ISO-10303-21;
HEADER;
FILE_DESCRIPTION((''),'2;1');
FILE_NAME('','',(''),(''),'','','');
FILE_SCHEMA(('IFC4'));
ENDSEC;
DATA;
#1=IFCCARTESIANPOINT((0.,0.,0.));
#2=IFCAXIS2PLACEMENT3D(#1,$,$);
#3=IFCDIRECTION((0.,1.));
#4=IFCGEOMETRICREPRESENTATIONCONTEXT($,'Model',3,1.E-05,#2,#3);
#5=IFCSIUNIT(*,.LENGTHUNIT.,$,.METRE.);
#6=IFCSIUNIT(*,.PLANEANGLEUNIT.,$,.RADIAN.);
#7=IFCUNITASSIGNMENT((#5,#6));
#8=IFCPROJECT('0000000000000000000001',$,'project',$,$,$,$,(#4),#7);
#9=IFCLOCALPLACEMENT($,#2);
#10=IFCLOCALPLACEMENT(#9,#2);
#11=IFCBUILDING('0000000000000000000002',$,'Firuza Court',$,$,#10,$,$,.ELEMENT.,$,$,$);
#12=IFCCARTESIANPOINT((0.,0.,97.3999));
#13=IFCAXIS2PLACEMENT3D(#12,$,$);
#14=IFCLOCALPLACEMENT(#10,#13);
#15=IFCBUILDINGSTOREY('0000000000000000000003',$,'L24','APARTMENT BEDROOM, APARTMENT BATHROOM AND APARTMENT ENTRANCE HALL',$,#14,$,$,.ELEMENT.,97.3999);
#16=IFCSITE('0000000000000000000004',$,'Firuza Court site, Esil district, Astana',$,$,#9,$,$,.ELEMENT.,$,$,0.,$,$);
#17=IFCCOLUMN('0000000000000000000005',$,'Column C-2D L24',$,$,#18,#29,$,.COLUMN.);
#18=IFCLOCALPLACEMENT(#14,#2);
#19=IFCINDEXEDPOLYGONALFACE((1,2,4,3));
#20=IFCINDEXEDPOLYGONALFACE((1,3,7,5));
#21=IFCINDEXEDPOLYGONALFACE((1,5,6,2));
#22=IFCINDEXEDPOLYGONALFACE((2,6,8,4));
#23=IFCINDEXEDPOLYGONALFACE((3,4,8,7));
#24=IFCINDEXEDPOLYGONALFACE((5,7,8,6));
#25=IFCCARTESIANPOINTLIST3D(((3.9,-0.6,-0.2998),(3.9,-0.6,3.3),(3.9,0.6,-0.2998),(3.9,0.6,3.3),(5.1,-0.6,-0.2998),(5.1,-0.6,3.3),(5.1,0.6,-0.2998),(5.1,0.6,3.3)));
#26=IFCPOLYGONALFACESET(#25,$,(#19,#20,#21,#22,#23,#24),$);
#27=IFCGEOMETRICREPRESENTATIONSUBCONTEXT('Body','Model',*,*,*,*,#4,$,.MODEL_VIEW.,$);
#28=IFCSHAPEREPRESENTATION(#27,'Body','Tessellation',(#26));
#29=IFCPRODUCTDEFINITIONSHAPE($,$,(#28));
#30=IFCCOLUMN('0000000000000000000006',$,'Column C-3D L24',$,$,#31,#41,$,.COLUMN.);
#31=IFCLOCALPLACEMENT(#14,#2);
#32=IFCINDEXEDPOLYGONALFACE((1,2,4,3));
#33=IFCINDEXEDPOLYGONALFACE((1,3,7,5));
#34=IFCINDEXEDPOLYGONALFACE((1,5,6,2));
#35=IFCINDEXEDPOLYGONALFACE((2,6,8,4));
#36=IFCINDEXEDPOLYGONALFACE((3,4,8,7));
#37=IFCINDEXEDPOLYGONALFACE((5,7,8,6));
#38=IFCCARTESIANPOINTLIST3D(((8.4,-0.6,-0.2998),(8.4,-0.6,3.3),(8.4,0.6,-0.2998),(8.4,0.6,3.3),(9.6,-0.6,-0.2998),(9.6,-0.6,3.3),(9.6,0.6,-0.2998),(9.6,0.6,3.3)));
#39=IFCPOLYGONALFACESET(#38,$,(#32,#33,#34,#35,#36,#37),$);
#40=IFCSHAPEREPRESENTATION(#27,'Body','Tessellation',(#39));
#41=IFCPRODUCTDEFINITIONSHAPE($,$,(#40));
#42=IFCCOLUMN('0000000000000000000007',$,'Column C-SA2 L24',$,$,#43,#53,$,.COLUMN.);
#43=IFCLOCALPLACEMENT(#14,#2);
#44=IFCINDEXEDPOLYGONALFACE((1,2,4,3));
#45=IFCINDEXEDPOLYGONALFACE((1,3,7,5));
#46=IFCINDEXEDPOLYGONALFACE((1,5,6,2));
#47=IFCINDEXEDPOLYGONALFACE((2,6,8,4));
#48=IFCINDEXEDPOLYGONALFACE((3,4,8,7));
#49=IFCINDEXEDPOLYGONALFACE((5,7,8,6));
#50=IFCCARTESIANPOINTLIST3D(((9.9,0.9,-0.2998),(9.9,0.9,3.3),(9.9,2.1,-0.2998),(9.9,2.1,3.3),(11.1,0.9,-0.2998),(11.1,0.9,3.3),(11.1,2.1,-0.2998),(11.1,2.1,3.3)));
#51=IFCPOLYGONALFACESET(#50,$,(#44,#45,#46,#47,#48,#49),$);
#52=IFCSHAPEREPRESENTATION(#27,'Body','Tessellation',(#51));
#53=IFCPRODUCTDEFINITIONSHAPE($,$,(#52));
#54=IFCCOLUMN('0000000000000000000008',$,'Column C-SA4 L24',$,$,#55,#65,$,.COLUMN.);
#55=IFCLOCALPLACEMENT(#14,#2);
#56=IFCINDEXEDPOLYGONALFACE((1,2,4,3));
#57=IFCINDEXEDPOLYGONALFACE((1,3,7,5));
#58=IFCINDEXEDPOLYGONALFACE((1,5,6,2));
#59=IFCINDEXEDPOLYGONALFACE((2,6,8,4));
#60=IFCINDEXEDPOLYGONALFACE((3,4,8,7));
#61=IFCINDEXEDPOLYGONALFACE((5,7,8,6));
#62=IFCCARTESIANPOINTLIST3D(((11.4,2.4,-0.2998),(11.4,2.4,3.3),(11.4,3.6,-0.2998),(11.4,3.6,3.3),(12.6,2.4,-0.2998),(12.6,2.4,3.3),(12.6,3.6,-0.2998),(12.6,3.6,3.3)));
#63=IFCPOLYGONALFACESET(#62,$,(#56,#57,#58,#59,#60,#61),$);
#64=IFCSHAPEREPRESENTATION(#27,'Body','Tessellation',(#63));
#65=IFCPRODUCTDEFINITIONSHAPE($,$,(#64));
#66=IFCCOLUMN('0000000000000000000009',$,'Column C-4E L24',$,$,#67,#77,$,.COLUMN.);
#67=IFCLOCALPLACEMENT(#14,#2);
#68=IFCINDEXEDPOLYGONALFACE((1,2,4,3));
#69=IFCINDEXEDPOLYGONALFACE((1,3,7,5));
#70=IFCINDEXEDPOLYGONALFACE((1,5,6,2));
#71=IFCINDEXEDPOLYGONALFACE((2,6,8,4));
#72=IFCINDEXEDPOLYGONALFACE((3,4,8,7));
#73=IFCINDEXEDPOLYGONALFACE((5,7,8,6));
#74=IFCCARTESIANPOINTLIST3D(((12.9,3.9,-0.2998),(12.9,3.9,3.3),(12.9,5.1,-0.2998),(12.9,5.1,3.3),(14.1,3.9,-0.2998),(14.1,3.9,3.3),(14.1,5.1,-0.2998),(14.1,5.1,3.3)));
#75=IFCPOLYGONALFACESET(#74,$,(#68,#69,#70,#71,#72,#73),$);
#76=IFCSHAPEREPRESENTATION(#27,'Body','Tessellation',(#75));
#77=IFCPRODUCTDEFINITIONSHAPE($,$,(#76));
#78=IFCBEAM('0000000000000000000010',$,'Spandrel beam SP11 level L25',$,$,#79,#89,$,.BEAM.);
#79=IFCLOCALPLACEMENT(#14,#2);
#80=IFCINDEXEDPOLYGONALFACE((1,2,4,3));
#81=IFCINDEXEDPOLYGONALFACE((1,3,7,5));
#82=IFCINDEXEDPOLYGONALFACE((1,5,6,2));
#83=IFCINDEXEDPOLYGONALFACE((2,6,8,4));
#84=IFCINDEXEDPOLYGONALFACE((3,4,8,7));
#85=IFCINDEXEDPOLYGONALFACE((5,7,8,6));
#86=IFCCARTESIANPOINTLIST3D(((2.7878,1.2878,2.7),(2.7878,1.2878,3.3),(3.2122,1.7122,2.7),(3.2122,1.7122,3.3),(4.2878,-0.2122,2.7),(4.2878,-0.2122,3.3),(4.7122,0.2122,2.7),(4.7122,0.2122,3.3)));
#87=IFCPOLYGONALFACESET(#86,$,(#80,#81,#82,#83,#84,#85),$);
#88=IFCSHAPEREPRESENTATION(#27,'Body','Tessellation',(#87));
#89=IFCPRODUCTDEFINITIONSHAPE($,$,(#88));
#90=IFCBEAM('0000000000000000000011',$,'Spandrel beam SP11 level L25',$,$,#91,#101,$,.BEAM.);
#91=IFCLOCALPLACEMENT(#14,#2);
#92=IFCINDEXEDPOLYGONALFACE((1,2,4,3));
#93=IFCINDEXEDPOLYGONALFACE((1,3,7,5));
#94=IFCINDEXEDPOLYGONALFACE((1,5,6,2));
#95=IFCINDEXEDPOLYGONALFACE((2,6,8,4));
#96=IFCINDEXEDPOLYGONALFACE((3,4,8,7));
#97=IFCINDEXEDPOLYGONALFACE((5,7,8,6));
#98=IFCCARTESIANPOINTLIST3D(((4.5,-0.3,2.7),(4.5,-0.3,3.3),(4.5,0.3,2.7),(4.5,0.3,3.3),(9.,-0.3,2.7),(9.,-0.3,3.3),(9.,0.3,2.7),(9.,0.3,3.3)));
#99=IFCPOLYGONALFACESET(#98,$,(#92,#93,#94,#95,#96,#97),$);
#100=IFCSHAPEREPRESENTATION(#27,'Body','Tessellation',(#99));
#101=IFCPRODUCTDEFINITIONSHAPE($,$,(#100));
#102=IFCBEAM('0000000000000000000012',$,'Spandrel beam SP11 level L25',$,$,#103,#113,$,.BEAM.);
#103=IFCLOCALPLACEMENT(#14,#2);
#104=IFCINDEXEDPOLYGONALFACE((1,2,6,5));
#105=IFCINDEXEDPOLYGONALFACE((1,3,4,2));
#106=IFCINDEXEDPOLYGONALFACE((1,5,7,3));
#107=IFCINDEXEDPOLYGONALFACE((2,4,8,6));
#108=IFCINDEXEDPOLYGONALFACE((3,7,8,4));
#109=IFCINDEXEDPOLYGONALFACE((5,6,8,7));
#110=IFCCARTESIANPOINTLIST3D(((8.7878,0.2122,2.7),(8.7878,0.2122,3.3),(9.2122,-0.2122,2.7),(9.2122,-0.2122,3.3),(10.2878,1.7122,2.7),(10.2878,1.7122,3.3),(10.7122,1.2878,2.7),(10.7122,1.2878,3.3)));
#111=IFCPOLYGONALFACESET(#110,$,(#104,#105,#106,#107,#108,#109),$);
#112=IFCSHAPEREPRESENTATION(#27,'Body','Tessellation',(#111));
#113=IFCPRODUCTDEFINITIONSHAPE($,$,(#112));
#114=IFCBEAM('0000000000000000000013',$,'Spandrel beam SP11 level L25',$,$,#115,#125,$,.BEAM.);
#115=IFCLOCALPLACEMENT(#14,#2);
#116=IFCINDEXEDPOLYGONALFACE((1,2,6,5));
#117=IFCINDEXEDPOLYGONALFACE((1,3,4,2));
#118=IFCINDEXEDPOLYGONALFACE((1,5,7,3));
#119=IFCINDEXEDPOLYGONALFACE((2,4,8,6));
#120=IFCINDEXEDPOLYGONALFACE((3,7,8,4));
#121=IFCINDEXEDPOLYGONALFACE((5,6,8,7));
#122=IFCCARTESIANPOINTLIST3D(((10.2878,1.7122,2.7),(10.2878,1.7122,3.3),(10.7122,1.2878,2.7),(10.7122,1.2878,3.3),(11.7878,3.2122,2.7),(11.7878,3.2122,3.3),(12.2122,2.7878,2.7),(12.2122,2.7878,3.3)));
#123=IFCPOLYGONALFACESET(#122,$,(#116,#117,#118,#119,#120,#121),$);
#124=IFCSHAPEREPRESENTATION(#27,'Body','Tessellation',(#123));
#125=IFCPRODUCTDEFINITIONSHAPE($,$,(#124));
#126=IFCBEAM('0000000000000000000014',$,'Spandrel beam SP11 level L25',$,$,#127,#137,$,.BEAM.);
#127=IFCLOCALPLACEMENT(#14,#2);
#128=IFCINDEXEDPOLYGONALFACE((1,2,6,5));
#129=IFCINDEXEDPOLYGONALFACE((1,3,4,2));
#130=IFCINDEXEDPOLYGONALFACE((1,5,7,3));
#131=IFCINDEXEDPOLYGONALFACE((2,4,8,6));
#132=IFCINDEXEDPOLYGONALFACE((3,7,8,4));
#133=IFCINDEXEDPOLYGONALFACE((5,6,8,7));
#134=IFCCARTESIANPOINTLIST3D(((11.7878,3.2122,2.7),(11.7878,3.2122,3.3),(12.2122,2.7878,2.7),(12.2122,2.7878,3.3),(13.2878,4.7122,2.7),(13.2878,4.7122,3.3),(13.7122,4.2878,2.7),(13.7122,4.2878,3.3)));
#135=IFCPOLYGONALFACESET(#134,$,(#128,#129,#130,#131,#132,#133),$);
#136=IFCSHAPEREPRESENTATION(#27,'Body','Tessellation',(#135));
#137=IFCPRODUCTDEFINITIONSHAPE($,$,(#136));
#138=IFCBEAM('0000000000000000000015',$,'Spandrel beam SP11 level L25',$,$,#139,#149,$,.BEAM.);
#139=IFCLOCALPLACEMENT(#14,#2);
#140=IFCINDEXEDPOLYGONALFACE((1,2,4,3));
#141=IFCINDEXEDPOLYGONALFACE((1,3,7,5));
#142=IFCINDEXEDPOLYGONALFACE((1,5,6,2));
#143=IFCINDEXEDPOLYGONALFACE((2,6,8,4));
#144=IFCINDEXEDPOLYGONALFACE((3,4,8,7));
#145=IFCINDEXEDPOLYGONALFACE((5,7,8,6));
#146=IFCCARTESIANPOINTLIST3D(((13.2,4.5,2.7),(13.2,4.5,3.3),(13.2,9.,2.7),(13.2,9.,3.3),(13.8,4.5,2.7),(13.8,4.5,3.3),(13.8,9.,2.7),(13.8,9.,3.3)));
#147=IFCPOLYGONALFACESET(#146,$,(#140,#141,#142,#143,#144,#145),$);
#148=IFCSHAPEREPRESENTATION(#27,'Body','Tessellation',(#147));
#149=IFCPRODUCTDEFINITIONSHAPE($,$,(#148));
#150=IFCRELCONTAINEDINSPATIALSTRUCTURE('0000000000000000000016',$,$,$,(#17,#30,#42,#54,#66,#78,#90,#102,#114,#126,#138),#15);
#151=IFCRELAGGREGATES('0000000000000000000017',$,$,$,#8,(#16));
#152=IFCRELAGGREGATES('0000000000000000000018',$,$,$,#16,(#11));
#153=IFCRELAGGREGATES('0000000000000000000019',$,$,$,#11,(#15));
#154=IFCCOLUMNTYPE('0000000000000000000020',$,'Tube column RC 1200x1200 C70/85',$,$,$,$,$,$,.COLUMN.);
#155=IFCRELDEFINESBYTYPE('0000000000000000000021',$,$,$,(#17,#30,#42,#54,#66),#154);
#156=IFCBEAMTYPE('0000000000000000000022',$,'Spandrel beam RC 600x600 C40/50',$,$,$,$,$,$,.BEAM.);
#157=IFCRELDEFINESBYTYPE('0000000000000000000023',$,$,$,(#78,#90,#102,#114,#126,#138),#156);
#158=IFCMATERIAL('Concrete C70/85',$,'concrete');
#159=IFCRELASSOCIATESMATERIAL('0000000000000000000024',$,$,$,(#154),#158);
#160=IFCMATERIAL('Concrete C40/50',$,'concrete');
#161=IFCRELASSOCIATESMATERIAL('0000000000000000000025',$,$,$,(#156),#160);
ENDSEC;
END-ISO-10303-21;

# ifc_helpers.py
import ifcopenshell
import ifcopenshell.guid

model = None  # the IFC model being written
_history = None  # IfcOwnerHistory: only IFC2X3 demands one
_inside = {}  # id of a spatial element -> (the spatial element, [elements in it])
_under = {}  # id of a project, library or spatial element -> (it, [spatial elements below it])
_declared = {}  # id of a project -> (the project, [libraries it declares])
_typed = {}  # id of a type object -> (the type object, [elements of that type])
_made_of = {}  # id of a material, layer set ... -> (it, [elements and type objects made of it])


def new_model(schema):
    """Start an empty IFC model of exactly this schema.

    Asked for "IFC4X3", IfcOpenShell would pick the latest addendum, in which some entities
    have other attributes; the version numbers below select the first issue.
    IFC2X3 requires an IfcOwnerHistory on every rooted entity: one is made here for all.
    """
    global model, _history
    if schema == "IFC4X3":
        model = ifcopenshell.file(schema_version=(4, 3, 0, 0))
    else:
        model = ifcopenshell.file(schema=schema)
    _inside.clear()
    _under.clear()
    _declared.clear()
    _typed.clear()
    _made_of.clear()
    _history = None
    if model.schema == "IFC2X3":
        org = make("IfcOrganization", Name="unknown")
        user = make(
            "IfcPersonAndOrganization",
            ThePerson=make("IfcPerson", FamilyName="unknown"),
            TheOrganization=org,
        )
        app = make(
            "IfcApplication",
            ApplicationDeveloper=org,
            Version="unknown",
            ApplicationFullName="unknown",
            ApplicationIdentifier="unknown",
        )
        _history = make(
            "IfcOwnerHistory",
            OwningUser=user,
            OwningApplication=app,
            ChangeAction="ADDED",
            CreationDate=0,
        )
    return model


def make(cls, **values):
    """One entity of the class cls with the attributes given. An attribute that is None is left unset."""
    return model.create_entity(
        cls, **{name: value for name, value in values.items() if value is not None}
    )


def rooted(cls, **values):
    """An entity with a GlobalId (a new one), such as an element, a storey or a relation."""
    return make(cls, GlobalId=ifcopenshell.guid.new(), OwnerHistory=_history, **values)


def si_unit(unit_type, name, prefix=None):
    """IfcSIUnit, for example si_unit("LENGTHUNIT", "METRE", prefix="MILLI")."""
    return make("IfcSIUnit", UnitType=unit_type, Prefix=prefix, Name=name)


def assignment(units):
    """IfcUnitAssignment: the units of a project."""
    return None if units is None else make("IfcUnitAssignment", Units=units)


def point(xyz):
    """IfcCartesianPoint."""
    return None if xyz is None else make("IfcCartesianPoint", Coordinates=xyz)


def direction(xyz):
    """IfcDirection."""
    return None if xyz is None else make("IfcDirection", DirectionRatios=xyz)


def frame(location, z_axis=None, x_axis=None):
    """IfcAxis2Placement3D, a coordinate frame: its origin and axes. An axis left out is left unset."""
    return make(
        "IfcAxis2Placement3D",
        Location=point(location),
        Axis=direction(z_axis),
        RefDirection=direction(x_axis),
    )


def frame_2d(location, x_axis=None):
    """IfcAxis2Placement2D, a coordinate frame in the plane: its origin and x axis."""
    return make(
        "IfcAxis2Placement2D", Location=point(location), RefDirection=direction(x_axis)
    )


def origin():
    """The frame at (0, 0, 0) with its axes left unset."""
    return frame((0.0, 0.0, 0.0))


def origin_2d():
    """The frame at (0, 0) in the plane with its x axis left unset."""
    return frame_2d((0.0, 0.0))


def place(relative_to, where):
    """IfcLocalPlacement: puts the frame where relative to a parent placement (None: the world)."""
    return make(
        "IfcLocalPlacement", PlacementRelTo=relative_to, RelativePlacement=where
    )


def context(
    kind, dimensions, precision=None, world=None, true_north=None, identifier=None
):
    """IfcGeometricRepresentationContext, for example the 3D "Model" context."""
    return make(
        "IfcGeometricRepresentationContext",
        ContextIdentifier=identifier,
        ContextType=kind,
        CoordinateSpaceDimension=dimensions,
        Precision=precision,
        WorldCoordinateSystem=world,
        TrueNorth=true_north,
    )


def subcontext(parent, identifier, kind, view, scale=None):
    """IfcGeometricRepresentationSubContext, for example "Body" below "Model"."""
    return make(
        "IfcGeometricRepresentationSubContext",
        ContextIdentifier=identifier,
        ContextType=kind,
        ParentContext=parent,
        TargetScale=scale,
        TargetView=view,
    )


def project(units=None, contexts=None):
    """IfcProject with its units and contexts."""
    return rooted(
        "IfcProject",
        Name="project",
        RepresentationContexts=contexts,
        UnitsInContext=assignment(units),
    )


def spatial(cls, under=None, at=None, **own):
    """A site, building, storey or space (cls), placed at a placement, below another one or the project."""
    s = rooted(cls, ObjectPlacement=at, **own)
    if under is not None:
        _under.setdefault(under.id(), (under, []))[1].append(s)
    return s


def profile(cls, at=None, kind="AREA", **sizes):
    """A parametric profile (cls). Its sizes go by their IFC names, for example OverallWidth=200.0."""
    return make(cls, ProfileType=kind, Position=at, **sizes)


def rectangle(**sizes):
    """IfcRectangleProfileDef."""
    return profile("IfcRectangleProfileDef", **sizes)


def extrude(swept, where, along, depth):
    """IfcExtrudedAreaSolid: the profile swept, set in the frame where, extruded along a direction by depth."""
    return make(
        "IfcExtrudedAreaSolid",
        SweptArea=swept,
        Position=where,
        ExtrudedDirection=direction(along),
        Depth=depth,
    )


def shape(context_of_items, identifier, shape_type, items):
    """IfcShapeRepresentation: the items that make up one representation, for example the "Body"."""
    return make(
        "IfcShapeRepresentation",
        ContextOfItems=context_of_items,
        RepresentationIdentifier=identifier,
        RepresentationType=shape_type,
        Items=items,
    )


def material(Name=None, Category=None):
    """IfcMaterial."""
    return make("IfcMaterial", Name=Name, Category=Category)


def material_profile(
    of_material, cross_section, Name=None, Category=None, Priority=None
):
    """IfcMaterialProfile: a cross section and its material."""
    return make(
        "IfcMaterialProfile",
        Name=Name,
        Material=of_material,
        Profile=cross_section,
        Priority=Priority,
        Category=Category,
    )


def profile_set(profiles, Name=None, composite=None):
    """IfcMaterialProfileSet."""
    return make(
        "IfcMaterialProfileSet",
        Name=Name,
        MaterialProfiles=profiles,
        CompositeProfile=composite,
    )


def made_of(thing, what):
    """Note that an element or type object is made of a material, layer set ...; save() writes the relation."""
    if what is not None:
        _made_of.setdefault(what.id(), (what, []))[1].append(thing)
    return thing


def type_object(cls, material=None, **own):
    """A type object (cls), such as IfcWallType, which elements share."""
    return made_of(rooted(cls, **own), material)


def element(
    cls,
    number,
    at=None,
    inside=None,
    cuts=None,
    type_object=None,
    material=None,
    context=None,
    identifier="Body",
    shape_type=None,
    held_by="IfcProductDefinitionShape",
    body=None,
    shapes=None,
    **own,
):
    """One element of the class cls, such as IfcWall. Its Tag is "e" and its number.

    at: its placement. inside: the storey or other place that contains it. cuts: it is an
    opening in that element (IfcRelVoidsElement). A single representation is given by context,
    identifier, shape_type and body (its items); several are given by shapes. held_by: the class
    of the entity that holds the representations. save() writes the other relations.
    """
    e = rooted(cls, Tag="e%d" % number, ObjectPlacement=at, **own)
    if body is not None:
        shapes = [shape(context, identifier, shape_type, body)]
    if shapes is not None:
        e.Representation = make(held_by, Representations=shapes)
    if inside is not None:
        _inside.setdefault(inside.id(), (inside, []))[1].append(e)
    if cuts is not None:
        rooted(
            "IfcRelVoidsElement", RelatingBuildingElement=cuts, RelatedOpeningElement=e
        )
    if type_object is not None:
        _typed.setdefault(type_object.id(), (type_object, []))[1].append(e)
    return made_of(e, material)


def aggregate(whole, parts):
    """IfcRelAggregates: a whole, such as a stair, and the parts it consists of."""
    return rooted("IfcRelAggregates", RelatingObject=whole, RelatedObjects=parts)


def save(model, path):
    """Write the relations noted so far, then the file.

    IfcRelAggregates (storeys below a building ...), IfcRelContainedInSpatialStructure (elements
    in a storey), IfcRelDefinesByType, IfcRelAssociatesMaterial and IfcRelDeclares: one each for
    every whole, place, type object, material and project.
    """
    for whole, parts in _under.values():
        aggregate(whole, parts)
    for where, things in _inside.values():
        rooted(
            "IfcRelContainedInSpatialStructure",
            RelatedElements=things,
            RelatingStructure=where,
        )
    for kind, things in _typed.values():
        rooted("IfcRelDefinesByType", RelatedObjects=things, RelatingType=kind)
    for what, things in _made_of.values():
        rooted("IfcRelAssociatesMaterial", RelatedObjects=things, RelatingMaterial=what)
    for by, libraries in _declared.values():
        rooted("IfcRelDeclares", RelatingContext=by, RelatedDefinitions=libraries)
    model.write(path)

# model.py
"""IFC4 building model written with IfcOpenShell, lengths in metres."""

from ifc_helpers import new_model, si_unit, direction, frame, origin, origin_2d, place, context, subcontext, project, spatial, rectangle, extrude, material, material_profile, profile_set, type_object, element, save


model = new_model("IFC4")

# Units and contexts
model_context = context("Model", 3, precision=1e-05, world=origin(), true_north=direction((0.0, 1.0)))
body_context = subcontext(model_context, "Body", "Model", "MODEL_VIEW")
ifc_project = project(units=[si_unit("LENGTHUNIT", "METRE"), si_unit("PLANEANGLEUNIT", "RADIAN")], contexts=[model_context])

# Site, building, storey
site_placement = place(None, origin())
site = spatial("IfcSite", under=ifc_project, at=site_placement, Name="Firuza Court site, Esil district, Astana", CompositionType="ELEMENT", RefElevation=0.0)
building_placement = place(site_placement, origin())
building = spatial("IfcBuilding", under=site, at=building_placement, Name="Firuza Court", CompositionType="ELEMENT")
storey_placement = place(building_placement, frame((0.0, 0.0, 97.3999)))
storey = spatial("IfcBuildingStorey", under=building, at=storey_placement, Name="L24", Description="APARTMENT BEDROOM, APARTMENT BATHROOM AND APARTMENT ENTRANCE HALL", CompositionType="ELEMENT", Elevation=97.3999)

# Columns
ifc_material_1 = material(Name="Concrete C70/85", Category="concrete")
ifc_material_profile_1 = material_profile(ifc_material_1, rectangle(XDim=1.2, YDim=1.2, at=origin_2d()), Name="RC 1200x1200")
ifc_profile_set_1 = profile_set([ifc_material_profile_1], Name="Concrete C70/85")
column_type = type_object("IfcColumnType", Name="Tube column RC 1200x1200 C70/85", PredefinedType="COLUMN", material=ifc_profile_set_1)
for number, where, z_axis, x_axis, name in (
    (1, (4.5, 0.0, -0.2998), (0.0, 0.0, 1.0), (1.0, 0.0, 0.0), "Column C-2D L24"),
    (2, (9.0, 0.0, -0.2998), (0.0, 0.0, 1.0), (1.0, 0.0, 0.0), "Column C-3D L24"),
    (3, (10.5, 1.5, -0.2998), (0.0, 0.0, 1.0), (1.0, 0.0, 0.0), "Column C-SA2 L24"),
    (4, (12.0, 3.0, -0.2998), (0.0, 0.0, 1.0), (1.0, 0.0, 0.0), "Column C-SA4 L24"),
    (5, (13.5, 4.5, -0.2998), (0.0, 0.0, 1.0), (1.0, 0.0, 0.0), "Column C-4E L24"),
):
    element("IfcColumn", number, at=place(storey_placement, frame(where, z_axis=z_axis, x_axis=x_axis)), inside=storey, type_object=column_type, Name=name, PredefinedType="COLUMN", context=body_context, shape_type="SweptSolid", body=[
        extrude(rectangle(XDim=1.2, YDim=1.2, at=origin_2d()), origin(), (0.0, 0.0, 1.0), 3.5999),
    ])

# Beams
ifc_material_2 = material(Name="Concrete C40/50", Category="concrete")
ifc_material_profile_2 = material_profile(ifc_material_2, rectangle(XDim=0.6001, YDim=0.6001, at=origin_2d()), Name="RC 600x600")
ifc_profile_set_2 = profile_set([ifc_material_profile_2], Name="Concrete C40/50")
beam_type = type_object("IfcBeamType", Name="Spandrel beam RC 600x600 C40/50", PredefinedType="BEAM", material=ifc_profile_set_2)
beam_1_placement = place(storey_placement, frame((3.0, 1.5, 3.0), z_axis=(0.707107, -0.707107, 0.0), x_axis=(0.707107, 0.707107, 0.0)))
element("IfcBeam", 6, at=beam_1_placement, inside=storey, type_object=beam_type, Name="Spandrel beam SP11 level L25", PredefinedType="BEAM", context=body_context, shape_type="SweptSolid", body=[
    extrude(rectangle(XDim=0.6001, YDim=0.6001, at=origin_2d()), origin(), (0.0, 0.0, 1.0), 2.1213),
])
beam_2_placement = place(storey_placement, frame((4.5, 0.0, 3.0), z_axis=(1.0, 0.0, 0.0), x_axis=(0.0, 1.0, 0.0)))
element("IfcBeam", 7, at=beam_2_placement, inside=storey, type_object=beam_type, Name="Spandrel beam SP11 level L25", PredefinedType="BEAM", context=body_context, shape_type="SweptSolid", body=[
    extrude(rectangle(XDim=0.6001, YDim=0.6001, at=origin_2d()), origin(), (0.0, 0.0, 1.0), 4.5),
])
for number, where, z_axis, x_axis, name in (
    (8, (9.0, 0.0, 3.0), (0.707107, 0.707107, 0.0), (-0.707107, 0.707107, 0.0), "Spandrel beam SP11 level L25"),
    (9, (10.5, 1.5, 3.0), (0.707107, 0.707107, 0.0), (-0.707107, 0.707107, 0.0), "Spandrel beam SP11 level L25"),
    (10, (12.0, 3.0, 3.0), (0.707107, 0.707107, 0.0), (-0.707107, 0.707107, 0.0), "Spandrel beam SP11 level L25"),
):
    element("IfcBeam", number, at=place(storey_placement, frame(where, z_axis=z_axis, x_axis=x_axis)), inside=storey, type_object=beam_type, Name=name, PredefinedType="BEAM", context=body_context, shape_type="SweptSolid", body=[
        extrude(rectangle(XDim=0.6001, YDim=0.6001, at=origin_2d()), origin(), (0.0, 0.0, 1.0), 2.1213),
    ])
beam_3_placement = place(storey_placement, frame((13.5, 4.5, 3.0), z_axis=(0.0, 1.0, 0.0), x_axis=(-1.0, 0.0, 0.0)))
element("IfcBeam", 11, at=beam_3_placement, inside=storey, type_object=beam_type, Name="Spandrel beam SP11 level L25", PredefinedType="BEAM", context=body_context, shape_type="SweptSolid", body=[
    extrude(rectangle(XDim=0.6001, YDim=0.6001, at=origin_2d()), origin(), (0.0, 0.0, 1.0), 4.5),
])

save(model, "model.ifc")
